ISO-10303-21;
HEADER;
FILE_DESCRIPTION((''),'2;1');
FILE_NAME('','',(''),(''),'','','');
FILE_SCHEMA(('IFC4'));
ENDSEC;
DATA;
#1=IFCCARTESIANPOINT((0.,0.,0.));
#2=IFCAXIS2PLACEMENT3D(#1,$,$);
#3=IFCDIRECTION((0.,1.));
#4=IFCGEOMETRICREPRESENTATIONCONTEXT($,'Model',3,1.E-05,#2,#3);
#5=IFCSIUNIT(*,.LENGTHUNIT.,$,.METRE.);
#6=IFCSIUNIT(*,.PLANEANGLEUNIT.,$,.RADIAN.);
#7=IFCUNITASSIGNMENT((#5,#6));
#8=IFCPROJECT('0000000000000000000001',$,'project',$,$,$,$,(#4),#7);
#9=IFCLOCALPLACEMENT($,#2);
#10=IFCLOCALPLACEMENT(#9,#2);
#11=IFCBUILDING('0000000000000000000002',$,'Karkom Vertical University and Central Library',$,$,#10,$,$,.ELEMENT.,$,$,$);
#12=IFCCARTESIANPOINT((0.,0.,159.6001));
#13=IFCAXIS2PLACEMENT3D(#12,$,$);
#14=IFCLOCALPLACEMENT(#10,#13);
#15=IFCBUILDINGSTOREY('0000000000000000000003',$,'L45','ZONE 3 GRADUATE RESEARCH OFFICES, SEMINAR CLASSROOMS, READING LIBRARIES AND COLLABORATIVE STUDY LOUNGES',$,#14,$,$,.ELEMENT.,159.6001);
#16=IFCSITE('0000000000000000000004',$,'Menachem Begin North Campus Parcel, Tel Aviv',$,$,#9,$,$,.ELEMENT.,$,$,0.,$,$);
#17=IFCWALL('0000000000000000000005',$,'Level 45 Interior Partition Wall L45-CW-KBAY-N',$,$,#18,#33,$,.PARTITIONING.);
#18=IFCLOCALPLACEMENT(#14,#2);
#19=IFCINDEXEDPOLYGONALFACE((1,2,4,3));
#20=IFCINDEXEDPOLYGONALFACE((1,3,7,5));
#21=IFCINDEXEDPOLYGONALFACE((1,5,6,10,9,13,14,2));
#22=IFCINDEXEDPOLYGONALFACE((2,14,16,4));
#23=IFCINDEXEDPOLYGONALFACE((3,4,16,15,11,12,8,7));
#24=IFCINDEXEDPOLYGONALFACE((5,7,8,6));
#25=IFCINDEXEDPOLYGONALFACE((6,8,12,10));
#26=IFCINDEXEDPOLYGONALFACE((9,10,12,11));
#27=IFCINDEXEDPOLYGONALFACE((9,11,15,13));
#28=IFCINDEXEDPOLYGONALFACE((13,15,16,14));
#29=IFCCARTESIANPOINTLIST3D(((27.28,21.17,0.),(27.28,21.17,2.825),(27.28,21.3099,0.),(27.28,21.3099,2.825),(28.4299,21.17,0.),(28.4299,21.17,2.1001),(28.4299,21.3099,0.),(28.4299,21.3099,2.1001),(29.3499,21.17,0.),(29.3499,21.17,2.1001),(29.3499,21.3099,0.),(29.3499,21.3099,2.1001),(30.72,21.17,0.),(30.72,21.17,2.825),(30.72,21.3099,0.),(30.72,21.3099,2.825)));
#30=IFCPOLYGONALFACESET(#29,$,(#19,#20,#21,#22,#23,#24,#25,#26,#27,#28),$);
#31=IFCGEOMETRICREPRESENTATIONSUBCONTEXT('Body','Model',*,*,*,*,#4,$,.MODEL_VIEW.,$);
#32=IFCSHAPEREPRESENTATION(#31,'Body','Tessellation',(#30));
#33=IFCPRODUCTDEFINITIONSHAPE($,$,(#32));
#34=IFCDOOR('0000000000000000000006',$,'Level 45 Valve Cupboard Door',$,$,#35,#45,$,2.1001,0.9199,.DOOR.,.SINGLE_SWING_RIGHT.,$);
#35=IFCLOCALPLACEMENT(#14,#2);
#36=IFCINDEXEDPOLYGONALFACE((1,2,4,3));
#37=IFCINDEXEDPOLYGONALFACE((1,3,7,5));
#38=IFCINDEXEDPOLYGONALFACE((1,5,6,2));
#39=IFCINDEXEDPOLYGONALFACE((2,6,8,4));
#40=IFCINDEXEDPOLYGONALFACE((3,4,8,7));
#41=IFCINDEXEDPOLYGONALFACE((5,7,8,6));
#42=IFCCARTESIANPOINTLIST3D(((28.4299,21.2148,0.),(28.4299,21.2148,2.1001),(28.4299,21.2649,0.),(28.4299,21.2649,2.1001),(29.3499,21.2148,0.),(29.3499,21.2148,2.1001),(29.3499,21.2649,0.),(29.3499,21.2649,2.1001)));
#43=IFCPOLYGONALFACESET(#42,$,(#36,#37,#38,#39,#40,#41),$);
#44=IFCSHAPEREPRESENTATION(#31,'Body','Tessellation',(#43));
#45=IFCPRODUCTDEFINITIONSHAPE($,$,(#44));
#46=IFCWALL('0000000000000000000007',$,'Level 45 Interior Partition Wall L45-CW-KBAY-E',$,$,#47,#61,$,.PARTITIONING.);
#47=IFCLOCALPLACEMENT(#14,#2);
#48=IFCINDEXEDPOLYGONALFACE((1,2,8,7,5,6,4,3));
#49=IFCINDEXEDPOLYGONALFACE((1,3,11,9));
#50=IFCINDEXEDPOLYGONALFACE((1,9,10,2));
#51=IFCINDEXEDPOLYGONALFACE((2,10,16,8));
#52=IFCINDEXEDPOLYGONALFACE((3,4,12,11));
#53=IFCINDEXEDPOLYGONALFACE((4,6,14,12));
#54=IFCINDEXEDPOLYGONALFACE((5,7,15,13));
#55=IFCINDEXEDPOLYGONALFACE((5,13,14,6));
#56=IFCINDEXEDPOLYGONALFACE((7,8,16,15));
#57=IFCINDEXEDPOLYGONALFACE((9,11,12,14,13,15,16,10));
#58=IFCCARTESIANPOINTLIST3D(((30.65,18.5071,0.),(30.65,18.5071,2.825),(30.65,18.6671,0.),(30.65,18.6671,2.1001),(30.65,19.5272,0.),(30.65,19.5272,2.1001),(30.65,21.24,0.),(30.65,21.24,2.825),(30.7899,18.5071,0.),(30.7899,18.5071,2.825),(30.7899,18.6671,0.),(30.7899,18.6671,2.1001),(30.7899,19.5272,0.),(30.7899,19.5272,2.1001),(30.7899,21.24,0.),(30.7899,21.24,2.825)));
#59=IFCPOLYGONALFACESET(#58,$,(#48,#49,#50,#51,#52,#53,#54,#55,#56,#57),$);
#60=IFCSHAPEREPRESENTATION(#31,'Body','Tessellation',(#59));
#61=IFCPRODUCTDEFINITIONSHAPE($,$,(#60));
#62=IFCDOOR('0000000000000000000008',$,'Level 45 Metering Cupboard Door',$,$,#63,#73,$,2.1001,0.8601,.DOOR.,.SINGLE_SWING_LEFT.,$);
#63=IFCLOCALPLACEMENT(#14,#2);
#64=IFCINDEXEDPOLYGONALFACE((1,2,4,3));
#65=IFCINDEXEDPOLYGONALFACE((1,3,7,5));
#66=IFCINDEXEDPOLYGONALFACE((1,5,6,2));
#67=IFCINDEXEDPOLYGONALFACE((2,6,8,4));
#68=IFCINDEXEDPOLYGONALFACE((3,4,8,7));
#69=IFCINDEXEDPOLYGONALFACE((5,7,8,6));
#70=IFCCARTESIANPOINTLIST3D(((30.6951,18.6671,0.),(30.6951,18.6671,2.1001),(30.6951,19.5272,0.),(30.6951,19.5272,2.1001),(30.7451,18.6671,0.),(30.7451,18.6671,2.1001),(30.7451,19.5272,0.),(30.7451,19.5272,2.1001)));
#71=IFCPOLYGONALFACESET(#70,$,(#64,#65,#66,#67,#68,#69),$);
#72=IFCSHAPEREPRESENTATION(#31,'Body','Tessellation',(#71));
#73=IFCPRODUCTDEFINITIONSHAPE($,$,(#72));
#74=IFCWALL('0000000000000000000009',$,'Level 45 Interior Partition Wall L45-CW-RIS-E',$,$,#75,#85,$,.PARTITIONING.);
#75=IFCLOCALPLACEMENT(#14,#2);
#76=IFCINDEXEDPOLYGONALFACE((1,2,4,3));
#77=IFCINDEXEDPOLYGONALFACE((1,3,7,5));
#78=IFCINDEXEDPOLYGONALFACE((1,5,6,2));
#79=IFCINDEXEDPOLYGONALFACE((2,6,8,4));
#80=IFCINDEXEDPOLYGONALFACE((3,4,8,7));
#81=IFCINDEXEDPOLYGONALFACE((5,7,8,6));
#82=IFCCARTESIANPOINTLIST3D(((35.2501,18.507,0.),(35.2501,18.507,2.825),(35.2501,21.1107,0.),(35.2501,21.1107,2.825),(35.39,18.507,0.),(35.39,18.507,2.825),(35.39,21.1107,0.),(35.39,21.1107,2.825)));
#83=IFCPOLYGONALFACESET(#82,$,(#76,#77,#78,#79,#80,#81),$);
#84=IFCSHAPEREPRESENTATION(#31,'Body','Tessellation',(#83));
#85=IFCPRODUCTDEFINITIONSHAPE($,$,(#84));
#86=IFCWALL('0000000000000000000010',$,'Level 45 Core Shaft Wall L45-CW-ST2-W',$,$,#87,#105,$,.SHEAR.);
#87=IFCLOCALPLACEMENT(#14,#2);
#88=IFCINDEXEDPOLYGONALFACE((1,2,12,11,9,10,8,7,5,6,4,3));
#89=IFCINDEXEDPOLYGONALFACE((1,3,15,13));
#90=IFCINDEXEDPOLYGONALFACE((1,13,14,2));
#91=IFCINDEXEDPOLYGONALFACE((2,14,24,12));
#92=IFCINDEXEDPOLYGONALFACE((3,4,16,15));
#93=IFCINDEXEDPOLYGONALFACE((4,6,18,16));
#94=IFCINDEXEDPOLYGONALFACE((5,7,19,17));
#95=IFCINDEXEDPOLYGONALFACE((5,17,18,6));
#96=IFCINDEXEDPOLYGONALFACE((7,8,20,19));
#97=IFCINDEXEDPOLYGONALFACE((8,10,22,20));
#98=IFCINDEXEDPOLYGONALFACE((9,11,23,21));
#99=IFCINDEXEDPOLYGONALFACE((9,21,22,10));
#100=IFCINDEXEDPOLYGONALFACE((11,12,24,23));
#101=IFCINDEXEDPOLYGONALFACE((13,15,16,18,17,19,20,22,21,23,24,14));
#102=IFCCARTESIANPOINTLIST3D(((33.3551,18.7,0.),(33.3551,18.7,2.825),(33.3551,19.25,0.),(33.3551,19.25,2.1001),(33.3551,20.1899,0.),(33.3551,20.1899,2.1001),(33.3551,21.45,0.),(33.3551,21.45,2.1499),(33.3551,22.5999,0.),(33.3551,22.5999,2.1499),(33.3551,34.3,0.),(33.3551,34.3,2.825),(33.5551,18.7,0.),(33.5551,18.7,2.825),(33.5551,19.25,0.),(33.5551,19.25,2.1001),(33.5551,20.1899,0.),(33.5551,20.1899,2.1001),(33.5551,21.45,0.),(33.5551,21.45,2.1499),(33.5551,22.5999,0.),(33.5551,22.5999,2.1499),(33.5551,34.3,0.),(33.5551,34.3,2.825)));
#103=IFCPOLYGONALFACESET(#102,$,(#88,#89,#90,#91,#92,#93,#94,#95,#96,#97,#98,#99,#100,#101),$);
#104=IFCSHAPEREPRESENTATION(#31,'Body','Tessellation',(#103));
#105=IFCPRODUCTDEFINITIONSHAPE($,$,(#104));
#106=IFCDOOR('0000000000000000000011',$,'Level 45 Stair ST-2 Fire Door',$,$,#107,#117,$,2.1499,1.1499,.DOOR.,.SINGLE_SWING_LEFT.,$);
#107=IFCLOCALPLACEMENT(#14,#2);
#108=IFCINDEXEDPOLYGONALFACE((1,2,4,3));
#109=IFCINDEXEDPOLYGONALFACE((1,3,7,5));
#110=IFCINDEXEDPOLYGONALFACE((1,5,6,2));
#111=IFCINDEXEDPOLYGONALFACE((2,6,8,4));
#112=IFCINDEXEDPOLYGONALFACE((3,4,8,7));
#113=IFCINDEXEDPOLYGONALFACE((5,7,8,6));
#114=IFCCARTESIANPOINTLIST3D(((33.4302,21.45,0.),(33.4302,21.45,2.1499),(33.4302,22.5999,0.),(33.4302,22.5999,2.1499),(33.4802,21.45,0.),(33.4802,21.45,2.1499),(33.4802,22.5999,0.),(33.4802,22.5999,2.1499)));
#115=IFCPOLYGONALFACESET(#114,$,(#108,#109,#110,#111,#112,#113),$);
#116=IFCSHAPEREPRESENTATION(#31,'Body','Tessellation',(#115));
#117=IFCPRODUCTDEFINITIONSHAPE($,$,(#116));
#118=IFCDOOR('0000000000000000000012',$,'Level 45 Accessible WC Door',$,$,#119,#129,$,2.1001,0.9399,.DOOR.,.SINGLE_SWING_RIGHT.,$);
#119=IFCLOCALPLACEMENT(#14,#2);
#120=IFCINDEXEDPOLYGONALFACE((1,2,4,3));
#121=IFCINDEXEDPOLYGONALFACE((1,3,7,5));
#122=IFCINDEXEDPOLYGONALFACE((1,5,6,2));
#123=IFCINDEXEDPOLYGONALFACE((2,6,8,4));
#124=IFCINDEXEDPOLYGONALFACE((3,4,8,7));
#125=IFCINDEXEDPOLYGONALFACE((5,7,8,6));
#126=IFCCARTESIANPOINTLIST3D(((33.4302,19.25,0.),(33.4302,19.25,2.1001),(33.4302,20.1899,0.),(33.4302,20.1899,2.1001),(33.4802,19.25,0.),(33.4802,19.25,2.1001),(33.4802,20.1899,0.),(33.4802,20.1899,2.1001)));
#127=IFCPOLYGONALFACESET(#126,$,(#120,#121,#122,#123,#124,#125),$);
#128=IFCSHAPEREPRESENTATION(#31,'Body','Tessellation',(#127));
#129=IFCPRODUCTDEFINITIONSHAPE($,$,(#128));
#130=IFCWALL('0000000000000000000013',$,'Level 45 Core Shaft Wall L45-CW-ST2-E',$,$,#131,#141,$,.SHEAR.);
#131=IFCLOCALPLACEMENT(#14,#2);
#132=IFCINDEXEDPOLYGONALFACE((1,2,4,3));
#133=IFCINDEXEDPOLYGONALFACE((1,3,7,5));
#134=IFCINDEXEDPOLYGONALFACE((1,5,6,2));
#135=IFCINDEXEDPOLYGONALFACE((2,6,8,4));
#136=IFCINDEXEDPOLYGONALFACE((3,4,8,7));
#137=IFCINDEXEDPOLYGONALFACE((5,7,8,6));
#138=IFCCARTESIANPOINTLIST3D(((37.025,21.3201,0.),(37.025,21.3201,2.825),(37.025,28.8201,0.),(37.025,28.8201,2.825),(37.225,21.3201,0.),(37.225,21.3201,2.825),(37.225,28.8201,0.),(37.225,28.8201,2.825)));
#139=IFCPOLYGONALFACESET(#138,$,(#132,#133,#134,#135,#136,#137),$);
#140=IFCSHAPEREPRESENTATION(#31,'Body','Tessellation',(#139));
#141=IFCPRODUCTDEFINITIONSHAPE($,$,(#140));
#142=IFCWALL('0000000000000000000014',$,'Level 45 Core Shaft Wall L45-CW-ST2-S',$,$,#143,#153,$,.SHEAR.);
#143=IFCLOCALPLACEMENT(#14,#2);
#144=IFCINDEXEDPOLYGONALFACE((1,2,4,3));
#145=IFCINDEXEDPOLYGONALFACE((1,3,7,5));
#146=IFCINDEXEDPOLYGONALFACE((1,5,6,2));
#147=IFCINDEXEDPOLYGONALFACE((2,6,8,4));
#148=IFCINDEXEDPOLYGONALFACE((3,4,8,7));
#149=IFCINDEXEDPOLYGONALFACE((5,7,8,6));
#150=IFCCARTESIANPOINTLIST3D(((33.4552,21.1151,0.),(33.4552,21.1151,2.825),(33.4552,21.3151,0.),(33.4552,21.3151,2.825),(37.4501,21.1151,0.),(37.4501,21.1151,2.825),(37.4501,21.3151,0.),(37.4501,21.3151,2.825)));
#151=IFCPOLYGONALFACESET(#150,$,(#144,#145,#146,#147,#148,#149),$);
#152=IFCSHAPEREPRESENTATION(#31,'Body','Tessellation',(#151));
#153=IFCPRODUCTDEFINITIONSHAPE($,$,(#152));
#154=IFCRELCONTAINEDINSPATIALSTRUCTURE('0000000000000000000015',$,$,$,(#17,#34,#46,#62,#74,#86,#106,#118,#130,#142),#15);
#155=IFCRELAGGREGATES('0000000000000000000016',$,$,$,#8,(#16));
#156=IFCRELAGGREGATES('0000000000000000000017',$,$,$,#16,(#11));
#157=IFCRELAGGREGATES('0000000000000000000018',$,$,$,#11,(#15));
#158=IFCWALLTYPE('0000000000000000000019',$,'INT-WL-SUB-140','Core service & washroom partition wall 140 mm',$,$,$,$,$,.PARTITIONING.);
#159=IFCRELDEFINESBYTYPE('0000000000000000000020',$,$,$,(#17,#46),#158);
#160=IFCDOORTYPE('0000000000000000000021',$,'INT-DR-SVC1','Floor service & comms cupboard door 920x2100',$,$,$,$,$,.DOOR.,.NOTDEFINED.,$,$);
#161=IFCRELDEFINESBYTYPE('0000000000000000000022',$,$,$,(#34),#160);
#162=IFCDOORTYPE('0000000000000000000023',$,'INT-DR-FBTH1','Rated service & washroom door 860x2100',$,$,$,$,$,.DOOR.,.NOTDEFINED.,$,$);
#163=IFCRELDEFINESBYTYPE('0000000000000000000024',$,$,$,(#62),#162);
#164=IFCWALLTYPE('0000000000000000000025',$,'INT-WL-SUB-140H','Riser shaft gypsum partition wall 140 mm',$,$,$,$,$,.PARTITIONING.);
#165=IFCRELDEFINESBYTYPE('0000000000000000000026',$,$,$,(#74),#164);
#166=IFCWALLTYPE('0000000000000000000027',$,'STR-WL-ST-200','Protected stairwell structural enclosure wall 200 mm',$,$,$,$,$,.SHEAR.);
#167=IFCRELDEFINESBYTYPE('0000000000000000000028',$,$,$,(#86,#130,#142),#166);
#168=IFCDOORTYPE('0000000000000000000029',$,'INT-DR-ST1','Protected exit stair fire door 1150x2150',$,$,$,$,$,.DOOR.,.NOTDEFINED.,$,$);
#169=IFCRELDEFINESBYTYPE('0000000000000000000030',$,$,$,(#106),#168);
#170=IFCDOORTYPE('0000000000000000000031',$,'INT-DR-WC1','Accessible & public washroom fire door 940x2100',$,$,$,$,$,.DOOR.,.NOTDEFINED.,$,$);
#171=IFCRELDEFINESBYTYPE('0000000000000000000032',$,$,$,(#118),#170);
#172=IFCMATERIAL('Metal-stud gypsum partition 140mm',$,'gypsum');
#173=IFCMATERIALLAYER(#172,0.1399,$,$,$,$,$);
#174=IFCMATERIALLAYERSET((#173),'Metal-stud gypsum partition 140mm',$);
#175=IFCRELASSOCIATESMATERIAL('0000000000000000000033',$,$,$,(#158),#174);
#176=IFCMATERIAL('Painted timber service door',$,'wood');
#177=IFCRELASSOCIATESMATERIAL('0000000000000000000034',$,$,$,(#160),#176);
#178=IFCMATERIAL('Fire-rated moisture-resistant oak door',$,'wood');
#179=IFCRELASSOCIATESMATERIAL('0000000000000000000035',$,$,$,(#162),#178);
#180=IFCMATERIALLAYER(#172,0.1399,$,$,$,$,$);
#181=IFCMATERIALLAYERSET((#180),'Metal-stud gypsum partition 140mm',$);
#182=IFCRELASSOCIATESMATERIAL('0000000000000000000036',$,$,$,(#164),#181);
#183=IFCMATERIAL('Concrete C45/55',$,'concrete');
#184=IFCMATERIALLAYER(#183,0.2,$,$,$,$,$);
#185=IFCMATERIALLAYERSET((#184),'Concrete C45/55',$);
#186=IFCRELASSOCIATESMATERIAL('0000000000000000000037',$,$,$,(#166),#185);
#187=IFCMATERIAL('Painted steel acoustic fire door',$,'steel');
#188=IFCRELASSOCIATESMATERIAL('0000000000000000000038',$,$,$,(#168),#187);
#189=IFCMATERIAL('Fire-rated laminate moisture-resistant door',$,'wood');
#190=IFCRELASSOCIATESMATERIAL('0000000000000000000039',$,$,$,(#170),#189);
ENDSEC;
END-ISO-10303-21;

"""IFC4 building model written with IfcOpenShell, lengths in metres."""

from ifc_helpers import new_model, si_unit, direction, frame, frame_2d, origin, origin_with_axes, place, context, subcontext, project, spatial, rectangle, extrude, source, transform, mapped, material, layer, layer_set, type_object, element, fill, save


model = new_model("IFC4")

# Units and contexts
model_context = context("Model", 3, precision=1e-05, world=origin(), true_north=direction((0.0, 1.0)))
body_context = subcontext(model_context, "Body", "Model", "MODEL_VIEW")
ifc_project = project(units=[si_unit("LENGTHUNIT", "METRE"), si_unit("PLANEANGLEUNIT", "RADIAN")], contexts=[model_context])

# Site, building, storey
site_placement = place(None, origin())
site = spatial("IfcSite", under=ifc_project, at=site_placement, Name="Menachem Begin North Campus Parcel, Tel Aviv", CompositionType="ELEMENT", RefElevation=0.0)
building_placement = place(site_placement, origin())
building = spatial("IfcBuilding", under=site, at=building_placement, Name="Karkom Vertical University and Central Library", CompositionType="ELEMENT")
storey_placement = place(building_placement, frame((0.0, 0.0, 159.6001)))
storey = spatial("IfcBuildingStorey", under=building, at=storey_placement, Name="L45", Description="ZONE 3 GRADUATE RESEARCH OFFICES, SEMINAR CLASSROOMS, READING LIBRARIES AND COLLABORATIVE STUDY LOUNGES", CompositionType="ELEMENT", Elevation=159.6001)

# Walls, openings, doors
ifc_material_1 = material(Name="Metal-stud gypsum partition 140mm", Category="gypsum")
ifc_layer_1 = layer(ifc_material_1, 0.1399)
ifc_layer_set_1 = layer_set([ifc_layer_1], Name="Metal-stud gypsum partition 140mm")
wall_type_1 = type_object("IfcWallType", Name="INT-WL-SUB-140", Description="Core service & washroom partition wall 140 mm", PredefinedType="PARTITIONING", material=ifc_layer_set_1)
wall_1_placement = place(storey_placement, frame((27.28, 21.24, 0.0), z_axis=(0.0, 0.0, 1.0), x_axis=(1.0, 0.0, 0.0)))
wall_1 = element("IfcWall", 1, at=wall_1_placement, inside=storey, type_object=wall_type_1, Name="Level 45 Interior Partition Wall L45-CW-KBAY-N", PredefinedType="PARTITIONING", context=body_context, shape_type="SweptSolid", body=[
    extrude(rectangle(XDim=3.4399, YDim=0.1399, at=frame_2d((1.72, 0.0))), origin(), (0.0, 0.0, 1.0), 2.825),
])
opening_1_placement = place(wall_1_placement, frame((1.1499, 0.0, 0.0)))
opening_1 = element("IfcOpeningElement", 2, at=opening_1_placement, cuts=wall_1, PredefinedType="OPENING", context=body_context, shape_type="SweptSolid", body=[
    extrude(rectangle(XDim=0.9199, YDim=2.1001, at=frame_2d((0.46, 1.05))), frame((0.0, 0.0801, 0.0), z_axis=(0.0, -1.0, 0.0), x_axis=(1.0, 0.0, 0.0)), (0.0, 0.0, 1.0), 0.1599),
])
ifc_material_2 = material(Name="Painted timber service door", Category="wood")
door_type_1 = type_object("IfcDoorType", Name="INT-DR-SVC1", Description="Floor service & comms cupboard door 920x2100", OperationType="NOTDEFINED", PredefinedType="DOOR", material=ifc_material_2)
shared_shape_1 = source(origin_with_axes(), body_context, "Body", "SweptSolid", [
    extrude(rectangle(XDim=0.9199, YDim=2.1001, at=frame_2d((0.46, 1.05))), frame((0.0, 0.0249, 0.0), z_axis=(0.0, -1.0, 0.0), x_axis=(1.0, 0.0, 0.0)), (0.0, 0.0, 1.0), 0.05),
])
door_1_placement = place(opening_1_placement, origin())
door_1 = element("IfcDoor", 3, at=door_1_placement, inside=storey, type_object=door_type_1, Name="Level 45 Valve Cupboard Door", OperationType="SINGLE_SWING_RIGHT", OverallHeight=2.1001, OverallWidth=0.9199, PredefinedType="DOOR", context=body_context, shape_type="MappedRepresentation", body=[
    mapped(shared_shape_1, transform((0.0, 0.0, 0.0), scale=1.0)),
])
fill(opening_1, door_1)
wall_2_placement = place(storey_placement, frame((30.72, 18.5071, 0.0), z_axis=(0.0, 0.0, 1.0), x_axis=(0.0, 1.0, 0.0)))
wall_2 = element("IfcWall", 4, at=wall_2_placement, inside=storey, type_object=wall_type_1, Name="Level 45 Interior Partition Wall L45-CW-KBAY-E", PredefinedType="PARTITIONING", context=body_context, shape_type="SweptSolid", body=[
    extrude(rectangle(XDim=2.7329, YDim=0.1399, at=frame_2d((1.3665, 0.0))), origin(), (0.0, 0.0, 1.0), 2.825),
])
opening_2_placement = place(wall_2_placement, frame((0.1599, 0.0, 0.0)))
opening_2 = element("IfcOpeningElement", 5, at=opening_2_placement, cuts=wall_2, PredefinedType="OPENING", context=body_context, shape_type="SweptSolid", body=[
    extrude(rectangle(XDim=0.8601, YDim=2.1001, at=frame_2d((0.4302, 1.05))), frame((0.0, 0.0801, 0.0), z_axis=(0.0, -1.0, 0.0), x_axis=(1.0, 0.0, 0.0)), (0.0, 0.0, 1.0), 0.1599),
])
ifc_material_3 = material(Name="Fire-rated moisture-resistant oak door", Category="wood")
door_type_2 = type_object("IfcDoorType", Name="INT-DR-FBTH1", Description="Rated service & washroom door 860x2100", OperationType="NOTDEFINED", PredefinedType="DOOR", material=ifc_material_3)
shared_shape_2 = source(origin_with_axes(), body_context, "Body", "SweptSolid", [
    extrude(rectangle(XDim=0.8601, YDim=2.1001, at=frame_2d((0.4302, 1.05))), frame((0.0, 0.0249, 0.0), z_axis=(0.0, -1.0, 0.0), x_axis=(1.0, 0.0, 0.0)), (0.0, 0.0, 1.0), 0.05),
])
door_2_placement = place(opening_2_placement, origin())
door_2 = element("IfcDoor", 6, at=door_2_placement, inside=storey, type_object=door_type_2, Name="Level 45 Metering Cupboard Door", OperationType="SINGLE_SWING_LEFT", OverallHeight=2.1001, OverallWidth=0.8601, PredefinedType="DOOR", context=body_context, shape_type="MappedRepresentation", body=[
    mapped(shared_shape_2, transform((0.0, 0.0, 0.0), scale=1.0)),
])
fill(opening_2, door_2)

# Wall
ifc_layer_2 = layer(ifc_material_1, 0.1399)
ifc_layer_set_2 = layer_set([ifc_layer_2], Name="Metal-stud gypsum partition 140mm")
wall_type_2 = type_object("IfcWallType", Name="INT-WL-SUB-140H", Description="Riser shaft gypsum partition wall 140 mm", PredefinedType="PARTITIONING", material=ifc_layer_set_2)
wall_3_placement = place(storey_placement, frame((35.3201, 18.5071, 0.0), z_axis=(0.0, 0.0, 1.0), x_axis=(0.0, 1.0, 0.0)))
element("IfcWall", 7, at=wall_3_placement, inside=storey, type_object=wall_type_2, Name="Level 45 Interior Partition Wall L45-CW-RIS-E", PredefinedType="PARTITIONING", context=body_context, shape_type="SweptSolid", body=[
    extrude(rectangle(XDim=2.6038, YDim=0.1399, at=frame_2d((1.3018, 0.0))), origin(), (0.0, 0.0, 1.0), 2.825),
])

# Wall, openings, doors
ifc_material_4 = material(Name="Concrete C45/55", Category="concrete")
ifc_layer_3 = layer(ifc_material_4, 0.2)
ifc_layer_set_3 = layer_set([ifc_layer_3], Name="Concrete C45/55")
wall_type_3 = type_object("IfcWallType", Name="STR-WL-ST-200", Description="Protected stairwell structural enclosure wall 200 mm", PredefinedType="SHEAR", material=ifc_layer_set_3)
wall_4_placement = place(storey_placement, frame((33.4551, 18.7, 0.0), z_axis=(0.0, 0.0, 1.0), x_axis=(0.0, 1.0, 0.0)))
wall_4 = element("IfcWall", 8, at=wall_4_placement, inside=storey, type_object=wall_type_3, Name="Level 45 Core Shaft Wall L45-CW-ST2-W", PredefinedType="SHEAR", context=body_context, shape_type="SweptSolid", body=[
    extrude(rectangle(XDim=15.6001, YDim=0.2, at=frame_2d((7.8, 0.0))), origin(), (0.0, 0.0, 1.0), 2.825),
])
opening_3_placement = place(wall_4_placement, frame((2.75, 0.0, 0.0)))
opening_3 = element("IfcOpeningElement", 9, at=opening_3_placement, cuts=wall_4, PredefinedType="OPENING", context=body_context, shape_type="SweptSolid", body=[
    extrude(rectangle(XDim=1.1499, YDim=2.1499, at=frame_2d((0.575, 1.075))), frame((0.0, 0.1099, 0.0), z_axis=(0.0, -1.0, 0.0), x_axis=(1.0, 0.0, 0.0)), (0.0, 0.0, 1.0), 0.22),
])
opening_4_placement = place(wall_4_placement, frame((0.55, 0.0, 0.0)))
opening_4 = element("IfcOpeningElement", 10, at=opening_4_placement, cuts=wall_4, PredefinedType="OPENING", context=body_context, shape_type="SweptSolid", body=[
    extrude(rectangle(XDim=0.9399, YDim=2.1001, at=frame_2d((0.47, 1.05))), frame((0.0, 0.1099, 0.0), z_axis=(0.0, -1.0, 0.0), x_axis=(1.0, 0.0, 0.0)), (0.0, 0.0, 1.0), 0.22),
])
ifc_material_5 = material(Name="Painted steel acoustic fire door", Category="steel")
door_type_3 = type_object("IfcDoorType", Name="INT-DR-ST1", Description="Protected exit stair fire door 1150x2150", OperationType="NOTDEFINED", PredefinedType="DOOR", material=ifc_material_5)
shared_shape_3 = source(origin_with_axes(), body_context, "Body", "SweptSolid", [
    extrude(rectangle(XDim=1.1499, YDim=2.1499, at=frame_2d((0.575, 1.075))), frame((0.0, 0.0249, 0.0), z_axis=(0.0, -1.0, 0.0), x_axis=(1.0, 0.0, 0.0)), (0.0, 0.0, 1.0), 0.05),
])
door_3_placement = place(opening_3_placement, origin())
door_3 = element("IfcDoor", 11, at=door_3_placement, inside=storey, type_object=door_type_3, Name="Level 45 Stair ST-2 Fire Door", OperationType="SINGLE_SWING_LEFT", OverallHeight=2.1499, OverallWidth=1.1499, PredefinedType="DOOR", context=body_context, shape_type="MappedRepresentation", body=[
    mapped(shared_shape_3, transform((0.0, 0.0, 0.0), scale=1.0)),
])
fill(opening_3, door_3)
ifc_material_6 = material(Name="Fire-rated laminate moisture-resistant door", Category="wood")
door_type_4 = type_object("IfcDoorType", Name="INT-DR-WC1", Description="Accessible & public washroom fire door 940x2100", OperationType="NOTDEFINED", PredefinedType="DOOR", material=ifc_material_6)
shared_shape_4 = source(origin_with_axes(), body_context, "Body", "SweptSolid", [
    extrude(rectangle(XDim=0.9399, YDim=2.1001, at=frame_2d((0.47, 1.05))), frame((0.0, 0.0249, 0.0), z_axis=(0.0, -1.0, 0.0), x_axis=(1.0, 0.0, 0.0)), (0.0, 0.0, 1.0), 0.05),
])
door_4_placement = place(opening_4_placement, origin())
door_4 = element("IfcDoor", 12, at=door_4_placement, inside=storey, type_object=door_type_4, Name="Level 45 Accessible WC Door", OperationType="SINGLE_SWING_RIGHT", OverallHeight=2.1001, OverallWidth=0.9399, PredefinedType="DOOR", context=body_context, shape_type="MappedRepresentation", body=[
    mapped(shared_shape_4, transform((0.0, 0.0, 0.0), scale=1.0)),
])
fill(opening_4, door_4)

# Walls
wall_5_placement = place(storey_placement, frame((37.125, 21.3201, 0.0), z_axis=(0.0, 0.0, 1.0), x_axis=(0.0, 1.0, 0.0)))
element("IfcWall", 13, at=wall_5_placement, inside=storey, type_object=wall_type_3, Name="Level 45 Core Shaft Wall L45-CW-ST2-E", PredefinedType="SHEAR", context=body_context, shape_type="SweptSolid", body=[
    extrude(rectangle(XDim=7.5, YDim=0.2, at=frame_2d((3.75, 0.0))), origin(), (0.0, 0.0, 1.0), 2.825),
])
wall_6_placement = place(storey_placement, frame((33.4551, 21.2151, 0.0), z_axis=(0.0, 0.0, 1.0), x_axis=(1.0, 0.0, 0.0)))
element("IfcWall", 14, at=wall_6_placement, inside=storey, type_object=wall_type_3, Name="Level 45 Core Shaft Wall L45-CW-ST2-S", PredefinedType="SHEAR", context=body_context, shape_type="SweptSolid", body=[
    extrude(rectangle(XDim=3.9949, YDim=0.2, at=frame_2d((1.9976, 0.0))), origin(), (0.0, 0.0, 1.0), 2.825),
])

save(model, "model.ifc")
